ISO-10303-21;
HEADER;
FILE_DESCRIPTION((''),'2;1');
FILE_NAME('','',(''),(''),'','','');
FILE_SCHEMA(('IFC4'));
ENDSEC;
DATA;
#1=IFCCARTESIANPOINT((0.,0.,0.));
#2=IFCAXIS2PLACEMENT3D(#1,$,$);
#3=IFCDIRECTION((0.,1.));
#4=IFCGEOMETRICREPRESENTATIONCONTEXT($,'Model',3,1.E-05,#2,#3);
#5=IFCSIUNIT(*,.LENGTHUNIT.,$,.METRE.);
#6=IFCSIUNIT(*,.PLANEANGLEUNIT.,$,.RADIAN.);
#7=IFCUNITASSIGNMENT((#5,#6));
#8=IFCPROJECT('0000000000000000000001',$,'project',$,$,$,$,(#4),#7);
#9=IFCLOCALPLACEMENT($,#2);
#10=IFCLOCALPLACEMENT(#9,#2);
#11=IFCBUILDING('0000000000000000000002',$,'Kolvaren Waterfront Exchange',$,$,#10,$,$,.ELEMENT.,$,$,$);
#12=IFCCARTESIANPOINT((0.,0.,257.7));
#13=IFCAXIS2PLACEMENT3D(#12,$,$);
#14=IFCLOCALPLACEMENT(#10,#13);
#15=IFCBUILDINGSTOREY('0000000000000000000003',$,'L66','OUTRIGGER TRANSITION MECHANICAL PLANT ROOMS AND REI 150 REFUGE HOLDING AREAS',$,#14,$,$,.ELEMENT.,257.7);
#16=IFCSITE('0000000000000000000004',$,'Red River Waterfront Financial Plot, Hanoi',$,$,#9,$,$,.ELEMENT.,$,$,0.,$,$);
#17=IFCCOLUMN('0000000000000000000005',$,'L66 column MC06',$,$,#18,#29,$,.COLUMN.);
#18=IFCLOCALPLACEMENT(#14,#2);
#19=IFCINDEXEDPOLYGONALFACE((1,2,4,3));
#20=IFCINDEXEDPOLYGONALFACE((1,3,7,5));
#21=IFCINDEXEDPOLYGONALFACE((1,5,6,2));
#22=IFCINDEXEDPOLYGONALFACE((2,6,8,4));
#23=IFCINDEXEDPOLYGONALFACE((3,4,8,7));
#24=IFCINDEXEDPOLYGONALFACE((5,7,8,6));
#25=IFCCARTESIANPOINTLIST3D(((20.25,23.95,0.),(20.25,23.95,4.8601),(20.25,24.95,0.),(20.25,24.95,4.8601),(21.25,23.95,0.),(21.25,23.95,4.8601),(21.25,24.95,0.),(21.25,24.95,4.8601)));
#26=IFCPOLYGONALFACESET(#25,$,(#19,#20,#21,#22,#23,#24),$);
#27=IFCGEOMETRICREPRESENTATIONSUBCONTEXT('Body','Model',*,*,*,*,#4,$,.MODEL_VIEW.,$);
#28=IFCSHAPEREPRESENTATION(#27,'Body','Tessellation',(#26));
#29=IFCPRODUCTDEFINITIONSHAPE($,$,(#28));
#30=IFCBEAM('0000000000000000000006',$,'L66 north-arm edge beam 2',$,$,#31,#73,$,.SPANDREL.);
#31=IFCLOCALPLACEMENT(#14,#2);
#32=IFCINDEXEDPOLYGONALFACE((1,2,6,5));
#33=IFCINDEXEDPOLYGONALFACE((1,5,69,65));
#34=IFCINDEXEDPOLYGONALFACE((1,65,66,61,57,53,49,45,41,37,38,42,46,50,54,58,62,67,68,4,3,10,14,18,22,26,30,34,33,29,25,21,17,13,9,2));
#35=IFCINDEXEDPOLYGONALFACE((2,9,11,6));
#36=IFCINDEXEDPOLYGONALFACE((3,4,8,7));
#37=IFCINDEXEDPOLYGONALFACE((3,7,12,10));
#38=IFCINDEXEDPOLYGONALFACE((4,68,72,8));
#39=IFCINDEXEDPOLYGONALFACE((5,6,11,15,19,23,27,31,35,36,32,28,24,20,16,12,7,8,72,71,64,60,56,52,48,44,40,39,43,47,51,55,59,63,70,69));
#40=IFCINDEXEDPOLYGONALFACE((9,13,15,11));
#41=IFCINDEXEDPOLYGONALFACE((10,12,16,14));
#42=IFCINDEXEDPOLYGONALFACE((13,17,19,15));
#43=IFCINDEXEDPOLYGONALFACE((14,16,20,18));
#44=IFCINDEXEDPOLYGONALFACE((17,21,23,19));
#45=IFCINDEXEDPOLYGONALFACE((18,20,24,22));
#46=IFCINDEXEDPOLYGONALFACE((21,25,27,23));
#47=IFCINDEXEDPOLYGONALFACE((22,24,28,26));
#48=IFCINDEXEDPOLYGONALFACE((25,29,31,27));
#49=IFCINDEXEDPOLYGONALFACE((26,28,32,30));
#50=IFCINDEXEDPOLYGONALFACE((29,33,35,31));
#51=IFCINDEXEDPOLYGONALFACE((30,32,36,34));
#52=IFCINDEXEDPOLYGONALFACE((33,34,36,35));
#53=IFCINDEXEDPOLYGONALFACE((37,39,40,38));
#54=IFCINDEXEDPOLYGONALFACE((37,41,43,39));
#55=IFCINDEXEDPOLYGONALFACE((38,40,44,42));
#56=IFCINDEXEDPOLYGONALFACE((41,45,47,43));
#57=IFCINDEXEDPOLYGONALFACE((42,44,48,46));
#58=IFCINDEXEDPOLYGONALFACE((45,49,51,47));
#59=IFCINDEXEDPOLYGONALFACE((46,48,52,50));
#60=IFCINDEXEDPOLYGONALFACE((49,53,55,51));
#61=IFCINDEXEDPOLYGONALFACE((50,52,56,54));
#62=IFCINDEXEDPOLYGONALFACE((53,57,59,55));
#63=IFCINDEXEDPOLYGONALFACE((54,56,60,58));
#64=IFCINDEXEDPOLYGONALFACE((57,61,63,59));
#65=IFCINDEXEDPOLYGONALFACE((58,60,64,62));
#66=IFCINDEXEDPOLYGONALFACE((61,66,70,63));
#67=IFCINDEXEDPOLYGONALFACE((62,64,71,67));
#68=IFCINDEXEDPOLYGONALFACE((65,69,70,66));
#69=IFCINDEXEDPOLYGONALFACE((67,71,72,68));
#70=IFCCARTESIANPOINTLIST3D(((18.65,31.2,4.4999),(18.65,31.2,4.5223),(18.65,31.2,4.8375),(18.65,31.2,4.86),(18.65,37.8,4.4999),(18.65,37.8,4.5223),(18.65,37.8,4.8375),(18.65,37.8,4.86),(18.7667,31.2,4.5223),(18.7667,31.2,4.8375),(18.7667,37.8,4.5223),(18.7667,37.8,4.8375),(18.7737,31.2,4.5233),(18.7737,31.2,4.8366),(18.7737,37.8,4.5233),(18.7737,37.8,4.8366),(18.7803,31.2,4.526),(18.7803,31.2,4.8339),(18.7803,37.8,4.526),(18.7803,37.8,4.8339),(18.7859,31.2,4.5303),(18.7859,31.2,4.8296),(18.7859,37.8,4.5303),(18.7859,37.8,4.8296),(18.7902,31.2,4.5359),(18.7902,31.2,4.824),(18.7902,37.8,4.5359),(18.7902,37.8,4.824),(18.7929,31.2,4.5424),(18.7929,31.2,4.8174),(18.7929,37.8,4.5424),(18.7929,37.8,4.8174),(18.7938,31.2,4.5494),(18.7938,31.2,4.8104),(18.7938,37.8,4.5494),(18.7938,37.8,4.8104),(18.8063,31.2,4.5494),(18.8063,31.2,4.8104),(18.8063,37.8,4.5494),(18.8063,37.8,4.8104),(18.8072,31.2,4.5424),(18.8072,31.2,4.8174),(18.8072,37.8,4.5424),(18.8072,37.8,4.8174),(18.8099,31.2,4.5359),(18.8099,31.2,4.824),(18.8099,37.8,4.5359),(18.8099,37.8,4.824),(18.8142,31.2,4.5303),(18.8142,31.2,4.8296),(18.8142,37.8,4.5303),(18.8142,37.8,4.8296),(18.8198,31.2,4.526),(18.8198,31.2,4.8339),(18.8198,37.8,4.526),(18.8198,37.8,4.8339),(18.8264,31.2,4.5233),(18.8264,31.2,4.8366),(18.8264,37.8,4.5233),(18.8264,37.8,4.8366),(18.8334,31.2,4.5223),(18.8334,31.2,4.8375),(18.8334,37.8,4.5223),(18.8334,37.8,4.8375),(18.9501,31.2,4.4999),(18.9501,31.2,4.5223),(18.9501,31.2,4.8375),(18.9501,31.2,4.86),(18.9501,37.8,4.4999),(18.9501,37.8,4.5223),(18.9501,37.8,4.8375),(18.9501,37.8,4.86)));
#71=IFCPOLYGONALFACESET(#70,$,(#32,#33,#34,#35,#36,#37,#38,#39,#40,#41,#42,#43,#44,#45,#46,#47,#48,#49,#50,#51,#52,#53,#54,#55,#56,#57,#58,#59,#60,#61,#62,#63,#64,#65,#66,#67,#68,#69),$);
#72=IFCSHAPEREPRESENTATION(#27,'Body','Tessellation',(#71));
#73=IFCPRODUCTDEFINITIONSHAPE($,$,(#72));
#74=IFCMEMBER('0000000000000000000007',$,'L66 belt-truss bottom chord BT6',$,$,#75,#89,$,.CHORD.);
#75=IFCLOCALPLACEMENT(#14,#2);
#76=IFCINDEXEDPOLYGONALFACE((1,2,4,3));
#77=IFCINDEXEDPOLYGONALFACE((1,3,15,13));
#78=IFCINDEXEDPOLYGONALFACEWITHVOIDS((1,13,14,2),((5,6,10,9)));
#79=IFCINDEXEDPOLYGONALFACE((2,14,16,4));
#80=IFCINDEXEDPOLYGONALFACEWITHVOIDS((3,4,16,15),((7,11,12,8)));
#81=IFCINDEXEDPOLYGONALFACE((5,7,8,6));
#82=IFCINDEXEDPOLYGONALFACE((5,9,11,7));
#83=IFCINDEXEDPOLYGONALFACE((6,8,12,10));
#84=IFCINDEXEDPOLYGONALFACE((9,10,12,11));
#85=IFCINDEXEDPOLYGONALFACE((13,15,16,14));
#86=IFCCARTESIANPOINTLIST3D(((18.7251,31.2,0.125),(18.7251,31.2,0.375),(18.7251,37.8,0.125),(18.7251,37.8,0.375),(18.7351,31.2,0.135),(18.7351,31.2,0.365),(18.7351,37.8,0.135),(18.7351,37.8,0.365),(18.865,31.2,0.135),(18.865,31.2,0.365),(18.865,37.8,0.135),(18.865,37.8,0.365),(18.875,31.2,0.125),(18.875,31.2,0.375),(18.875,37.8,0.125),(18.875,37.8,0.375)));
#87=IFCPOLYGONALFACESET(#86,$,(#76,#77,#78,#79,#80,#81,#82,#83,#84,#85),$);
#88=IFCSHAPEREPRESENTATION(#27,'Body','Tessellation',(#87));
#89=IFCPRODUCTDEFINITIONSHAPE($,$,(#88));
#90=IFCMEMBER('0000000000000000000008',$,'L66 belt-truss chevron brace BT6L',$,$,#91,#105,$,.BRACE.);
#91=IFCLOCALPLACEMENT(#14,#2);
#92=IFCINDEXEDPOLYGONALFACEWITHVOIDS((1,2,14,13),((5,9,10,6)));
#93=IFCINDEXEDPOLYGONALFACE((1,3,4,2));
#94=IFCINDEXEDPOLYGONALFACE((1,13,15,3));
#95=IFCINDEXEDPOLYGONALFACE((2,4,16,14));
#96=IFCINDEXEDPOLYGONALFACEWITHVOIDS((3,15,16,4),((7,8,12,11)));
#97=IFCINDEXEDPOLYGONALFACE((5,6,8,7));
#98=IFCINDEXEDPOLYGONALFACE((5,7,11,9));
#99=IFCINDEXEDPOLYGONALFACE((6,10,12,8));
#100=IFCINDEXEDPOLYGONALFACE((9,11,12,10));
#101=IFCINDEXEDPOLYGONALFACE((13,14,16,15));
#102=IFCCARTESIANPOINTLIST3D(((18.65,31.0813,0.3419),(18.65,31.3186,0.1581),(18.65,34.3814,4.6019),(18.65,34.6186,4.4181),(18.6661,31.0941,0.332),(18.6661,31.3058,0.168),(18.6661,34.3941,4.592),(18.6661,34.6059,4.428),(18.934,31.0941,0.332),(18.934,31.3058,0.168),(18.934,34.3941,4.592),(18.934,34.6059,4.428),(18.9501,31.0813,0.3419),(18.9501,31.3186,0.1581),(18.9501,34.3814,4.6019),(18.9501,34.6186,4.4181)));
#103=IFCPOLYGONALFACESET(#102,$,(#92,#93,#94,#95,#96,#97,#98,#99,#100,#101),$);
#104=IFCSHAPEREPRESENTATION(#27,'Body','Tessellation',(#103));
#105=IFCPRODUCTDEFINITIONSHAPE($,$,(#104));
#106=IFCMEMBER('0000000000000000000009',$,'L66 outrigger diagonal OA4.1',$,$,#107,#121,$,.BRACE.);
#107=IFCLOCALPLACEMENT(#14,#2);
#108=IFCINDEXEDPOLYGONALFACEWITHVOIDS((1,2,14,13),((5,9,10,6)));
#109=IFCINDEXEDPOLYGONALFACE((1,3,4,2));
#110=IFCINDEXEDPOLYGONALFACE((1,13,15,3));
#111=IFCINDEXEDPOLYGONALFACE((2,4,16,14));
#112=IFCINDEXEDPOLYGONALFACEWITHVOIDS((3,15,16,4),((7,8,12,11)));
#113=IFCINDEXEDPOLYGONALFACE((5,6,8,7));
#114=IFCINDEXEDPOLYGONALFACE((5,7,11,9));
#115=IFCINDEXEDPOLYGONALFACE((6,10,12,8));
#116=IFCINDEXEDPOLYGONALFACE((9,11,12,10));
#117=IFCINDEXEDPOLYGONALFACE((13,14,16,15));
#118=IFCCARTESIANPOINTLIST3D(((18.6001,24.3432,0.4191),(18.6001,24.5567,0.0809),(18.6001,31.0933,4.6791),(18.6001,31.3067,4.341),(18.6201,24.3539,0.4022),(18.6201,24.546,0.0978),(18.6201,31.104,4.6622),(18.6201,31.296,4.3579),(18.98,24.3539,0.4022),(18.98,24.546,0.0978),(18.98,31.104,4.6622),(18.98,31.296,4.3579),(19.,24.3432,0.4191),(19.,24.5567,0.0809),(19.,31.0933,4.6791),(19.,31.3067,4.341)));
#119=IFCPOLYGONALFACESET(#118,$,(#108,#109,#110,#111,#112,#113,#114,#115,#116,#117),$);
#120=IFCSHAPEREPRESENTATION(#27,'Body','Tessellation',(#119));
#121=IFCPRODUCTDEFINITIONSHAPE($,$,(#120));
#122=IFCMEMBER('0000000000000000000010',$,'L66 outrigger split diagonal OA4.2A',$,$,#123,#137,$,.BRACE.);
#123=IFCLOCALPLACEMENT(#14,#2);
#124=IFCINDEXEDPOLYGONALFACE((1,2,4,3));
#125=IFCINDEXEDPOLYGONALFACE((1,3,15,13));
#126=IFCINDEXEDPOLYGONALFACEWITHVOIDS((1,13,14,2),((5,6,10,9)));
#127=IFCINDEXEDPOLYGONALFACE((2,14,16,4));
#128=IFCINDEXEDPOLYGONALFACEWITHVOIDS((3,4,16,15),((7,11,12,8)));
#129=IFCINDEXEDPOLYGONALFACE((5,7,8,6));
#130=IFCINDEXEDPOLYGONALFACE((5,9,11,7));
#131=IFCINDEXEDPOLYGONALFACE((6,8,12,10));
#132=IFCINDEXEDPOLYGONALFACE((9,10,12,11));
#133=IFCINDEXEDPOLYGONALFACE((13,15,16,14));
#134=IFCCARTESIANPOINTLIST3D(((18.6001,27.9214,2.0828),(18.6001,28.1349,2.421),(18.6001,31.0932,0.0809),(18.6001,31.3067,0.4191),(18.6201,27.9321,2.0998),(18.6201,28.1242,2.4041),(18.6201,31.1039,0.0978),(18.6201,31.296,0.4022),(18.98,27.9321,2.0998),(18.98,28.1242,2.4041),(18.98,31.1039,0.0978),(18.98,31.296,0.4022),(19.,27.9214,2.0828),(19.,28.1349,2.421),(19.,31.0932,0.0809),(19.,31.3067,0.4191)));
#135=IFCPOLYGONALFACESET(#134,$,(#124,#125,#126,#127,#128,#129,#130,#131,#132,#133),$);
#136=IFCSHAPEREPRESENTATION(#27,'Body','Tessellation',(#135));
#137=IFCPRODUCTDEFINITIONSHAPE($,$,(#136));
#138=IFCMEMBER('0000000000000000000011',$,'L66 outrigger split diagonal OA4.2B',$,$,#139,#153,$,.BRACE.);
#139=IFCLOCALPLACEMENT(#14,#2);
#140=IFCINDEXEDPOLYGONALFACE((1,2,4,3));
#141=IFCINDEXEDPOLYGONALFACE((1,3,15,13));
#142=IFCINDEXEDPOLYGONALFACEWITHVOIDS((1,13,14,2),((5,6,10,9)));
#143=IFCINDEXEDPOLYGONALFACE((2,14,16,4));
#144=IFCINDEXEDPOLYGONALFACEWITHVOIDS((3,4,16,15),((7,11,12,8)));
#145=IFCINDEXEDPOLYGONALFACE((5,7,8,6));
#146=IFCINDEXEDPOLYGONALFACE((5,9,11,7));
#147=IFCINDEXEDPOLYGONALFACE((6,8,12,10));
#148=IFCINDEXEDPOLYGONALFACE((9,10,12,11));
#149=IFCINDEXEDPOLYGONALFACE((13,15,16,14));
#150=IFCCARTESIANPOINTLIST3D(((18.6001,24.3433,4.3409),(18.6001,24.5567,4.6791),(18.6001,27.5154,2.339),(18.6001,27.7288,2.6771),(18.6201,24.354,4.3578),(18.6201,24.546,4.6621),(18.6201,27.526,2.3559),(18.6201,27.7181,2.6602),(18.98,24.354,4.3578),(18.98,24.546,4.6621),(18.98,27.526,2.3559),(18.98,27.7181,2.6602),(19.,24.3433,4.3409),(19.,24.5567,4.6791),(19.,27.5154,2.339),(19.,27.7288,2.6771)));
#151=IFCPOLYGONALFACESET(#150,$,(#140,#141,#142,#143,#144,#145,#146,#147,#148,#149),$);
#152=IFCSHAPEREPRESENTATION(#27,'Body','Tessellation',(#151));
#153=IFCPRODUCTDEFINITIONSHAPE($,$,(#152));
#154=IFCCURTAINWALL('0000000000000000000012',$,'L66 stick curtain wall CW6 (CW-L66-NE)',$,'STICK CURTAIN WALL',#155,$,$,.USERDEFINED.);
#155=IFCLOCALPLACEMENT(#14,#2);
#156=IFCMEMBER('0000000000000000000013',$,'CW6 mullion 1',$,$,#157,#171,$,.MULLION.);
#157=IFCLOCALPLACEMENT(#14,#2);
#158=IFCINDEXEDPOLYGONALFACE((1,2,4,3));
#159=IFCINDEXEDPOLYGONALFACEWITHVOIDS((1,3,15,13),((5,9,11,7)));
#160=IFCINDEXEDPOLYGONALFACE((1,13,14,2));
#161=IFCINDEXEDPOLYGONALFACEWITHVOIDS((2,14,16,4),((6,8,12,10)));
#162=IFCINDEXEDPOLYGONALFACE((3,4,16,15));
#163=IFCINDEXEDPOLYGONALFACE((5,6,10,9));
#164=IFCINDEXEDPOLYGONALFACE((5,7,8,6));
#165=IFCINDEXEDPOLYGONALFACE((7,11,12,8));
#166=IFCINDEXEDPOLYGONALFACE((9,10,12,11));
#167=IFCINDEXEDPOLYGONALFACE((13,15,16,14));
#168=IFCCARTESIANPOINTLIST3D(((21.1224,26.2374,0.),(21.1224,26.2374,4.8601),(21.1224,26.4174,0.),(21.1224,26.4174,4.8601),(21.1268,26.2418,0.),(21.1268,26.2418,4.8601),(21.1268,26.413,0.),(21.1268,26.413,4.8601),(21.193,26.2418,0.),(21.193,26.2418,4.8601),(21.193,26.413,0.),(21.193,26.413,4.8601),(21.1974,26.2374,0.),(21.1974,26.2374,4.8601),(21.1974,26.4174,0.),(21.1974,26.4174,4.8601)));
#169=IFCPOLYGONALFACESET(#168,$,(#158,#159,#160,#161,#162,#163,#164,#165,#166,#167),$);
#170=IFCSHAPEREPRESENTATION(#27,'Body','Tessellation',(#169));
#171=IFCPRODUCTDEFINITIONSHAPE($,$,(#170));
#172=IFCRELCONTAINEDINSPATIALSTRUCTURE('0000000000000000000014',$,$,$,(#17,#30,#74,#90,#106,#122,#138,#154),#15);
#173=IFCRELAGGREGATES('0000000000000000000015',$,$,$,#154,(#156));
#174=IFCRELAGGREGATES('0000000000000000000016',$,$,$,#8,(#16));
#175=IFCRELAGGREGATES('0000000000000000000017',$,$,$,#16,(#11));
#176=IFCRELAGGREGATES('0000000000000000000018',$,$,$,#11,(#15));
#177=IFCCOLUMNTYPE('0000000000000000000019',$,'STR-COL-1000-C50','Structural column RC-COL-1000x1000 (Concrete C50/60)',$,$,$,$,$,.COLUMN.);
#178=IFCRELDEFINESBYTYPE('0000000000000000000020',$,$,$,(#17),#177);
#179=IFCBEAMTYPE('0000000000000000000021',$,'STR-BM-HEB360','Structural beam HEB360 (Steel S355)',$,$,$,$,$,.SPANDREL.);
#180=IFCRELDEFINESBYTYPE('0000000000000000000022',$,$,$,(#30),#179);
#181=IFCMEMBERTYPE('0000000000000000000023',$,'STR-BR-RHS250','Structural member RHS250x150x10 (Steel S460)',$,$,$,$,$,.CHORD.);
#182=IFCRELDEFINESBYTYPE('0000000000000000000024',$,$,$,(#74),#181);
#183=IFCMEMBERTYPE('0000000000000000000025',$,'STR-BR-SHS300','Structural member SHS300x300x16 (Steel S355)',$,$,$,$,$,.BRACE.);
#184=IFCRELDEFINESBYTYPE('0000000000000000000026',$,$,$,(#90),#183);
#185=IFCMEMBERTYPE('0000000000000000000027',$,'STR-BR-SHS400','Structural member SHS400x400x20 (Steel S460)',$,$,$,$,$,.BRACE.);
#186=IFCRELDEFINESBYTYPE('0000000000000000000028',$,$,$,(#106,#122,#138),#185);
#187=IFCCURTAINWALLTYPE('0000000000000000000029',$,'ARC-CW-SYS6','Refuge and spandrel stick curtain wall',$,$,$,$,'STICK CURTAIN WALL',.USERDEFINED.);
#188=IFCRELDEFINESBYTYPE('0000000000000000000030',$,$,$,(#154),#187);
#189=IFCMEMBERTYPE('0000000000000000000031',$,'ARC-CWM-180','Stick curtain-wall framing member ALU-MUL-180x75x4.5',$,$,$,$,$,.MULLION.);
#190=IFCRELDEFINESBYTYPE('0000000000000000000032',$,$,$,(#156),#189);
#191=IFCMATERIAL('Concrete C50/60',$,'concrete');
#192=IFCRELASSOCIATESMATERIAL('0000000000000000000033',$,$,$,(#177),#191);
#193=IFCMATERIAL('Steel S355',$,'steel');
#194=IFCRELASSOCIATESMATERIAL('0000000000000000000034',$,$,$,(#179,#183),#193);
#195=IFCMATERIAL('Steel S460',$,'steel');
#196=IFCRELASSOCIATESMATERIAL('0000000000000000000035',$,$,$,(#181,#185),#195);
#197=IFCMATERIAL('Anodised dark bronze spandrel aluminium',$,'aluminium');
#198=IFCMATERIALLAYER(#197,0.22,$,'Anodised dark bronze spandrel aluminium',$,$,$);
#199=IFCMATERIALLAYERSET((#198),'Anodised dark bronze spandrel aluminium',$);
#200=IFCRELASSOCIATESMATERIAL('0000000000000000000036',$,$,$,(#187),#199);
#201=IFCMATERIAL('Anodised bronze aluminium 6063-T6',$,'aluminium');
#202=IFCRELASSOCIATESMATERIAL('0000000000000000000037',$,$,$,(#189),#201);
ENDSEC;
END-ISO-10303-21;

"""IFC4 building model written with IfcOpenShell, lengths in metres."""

from ifc_helpers import new_model, si_unit, direction, frame, origin, origin_with_axes, origin_2d, place, context, subcontext, project, spatial, rectangle, hollow_rectangle, i_section, extrude, source, transform, mapped, material, layer, layer_set, material_profile, profile_set, type_object, element, aggregate, save


model = new_model("IFC4")

# Units and contexts
model_context = context("Model", 3, precision=1e-05, world=origin(), true_north=direction((0.0, 1.0)))
body_context = subcontext(model_context, "Body", "Model", "MODEL_VIEW")
ifc_project = project(units=[si_unit("LENGTHUNIT", "METRE"), si_unit("PLANEANGLEUNIT", "RADIAN")], contexts=[model_context])

# Site, building, storey
site_placement = place(None, origin())
site = spatial("IfcSite", under=ifc_project, at=site_placement, Name="Red River Waterfront Financial Plot, Hanoi", CompositionType="ELEMENT", RefElevation=0.0)
building_placement = place(site_placement, origin())
building = spatial("IfcBuilding", under=site, at=building_placement, Name="Kolvaren Waterfront Exchange", CompositionType="ELEMENT")
storey_placement = place(building_placement, frame((0.0, 0.0, 257.7)))
storey = spatial("IfcBuildingStorey", under=building, at=storey_placement, Name="L66", Description="OUTRIGGER TRANSITION MECHANICAL PLANT ROOMS AND REI 150 REFUGE HOLDING AREAS", CompositionType="ELEMENT", Elevation=257.7)

# Column
ifc_material_1 = material(Name="Concrete C50/60", Category="concrete")
ifc_material_profile_1 = material_profile(ifc_material_1, rectangle(XDim=1.0, YDim=1.0, at=origin_2d()), Name="RC-COL-1000x1000")
ifc_profile_set_1 = profile_set([ifc_material_profile_1], Name="Concrete C50/60")
column_type = type_object("IfcColumnType", Name="STR-COL-1000-C50", Description="Structural column RC-COL-1000x1000 (Concrete C50/60)", PredefinedType="COLUMN", material=ifc_profile_set_1)
column_placement = place(storey_placement, frame((20.75, 24.45, 0.0), z_axis=(0.0, 0.0, 1.0), x_axis=(1.0, 0.0, 0.0)))
element("IfcColumn", 1, at=column_placement, inside=storey, type_object=column_type, Name="L66 column MC06", PredefinedType="COLUMN", context=body_context, shape_type="SweptSolid", body=[
    extrude(rectangle(XDim=1.0, YDim=1.0, at=origin_2d()), origin(), (0.0, 0.0, 1.0), 4.8601),
])

# Beam
ifc_material_2 = material(Name="Steel S355", Category="steel")
ifc_material_profile_2 = material_profile(ifc_material_2, i_section(OverallWidth=0.3, OverallDepth=0.3601, WebThickness=0.0125, FlangeThickness=0.0225, FilletRadius=0.0271, at=origin_2d()), Name="HEB360")
ifc_profile_set_2 = profile_set([ifc_material_profile_2], Name="Steel S355")
beam_type = type_object("IfcBeamType", Name="STR-BM-HEB360", Description="Structural beam HEB360 (Steel S355)", PredefinedType="SPANDREL", material=ifc_profile_set_2)
beam_placement = place(storey_placement, frame((18.8, 31.2, 4.6799), z_axis=(0.0, 1.0, 0.0), x_axis=(-1.0, 0.0, 0.0)))
element("IfcBeam", 2, at=beam_placement, inside=storey, type_object=beam_type, Name="L66 north-arm edge beam 2", PredefinedType="SPANDREL", context=body_context, shape_type="SweptSolid", body=[
    extrude(i_section(OverallWidth=0.3, OverallDepth=0.3601, WebThickness=0.0125, FlangeThickness=0.0225, FilletRadius=0.0271, at=origin_2d()), origin(), (0.0, 0.0, 1.0), 6.6001),
])

# Members
ifc_material_3 = material(Name="Steel S460", Category="steel")
ifc_material_profile_3 = material_profile(ifc_material_3, hollow_rectangle(XDim=0.1499, YDim=0.25, WallThickness=0.01, at=origin_2d()), Name="RHS250x150x10")
ifc_profile_set_3 = profile_set([ifc_material_profile_3], Name="Steel S460")
member_type_1 = type_object("IfcMemberType", Name="STR-BR-RHS250", Description="Structural member RHS250x150x10 (Steel S460)", PredefinedType="CHORD", material=ifc_profile_set_3)
member_1_placement = place(storey_placement, frame((18.8, 31.2, 0.25), z_axis=(0.0, 1.0, 0.0), x_axis=(-1.0, 0.0, 0.0)))
element("IfcMember", 3, at=member_1_placement, inside=storey, type_object=member_type_1, Name="L66 belt-truss bottom chord BT6", PredefinedType="CHORD", context=body_context, shape_type="SweptSolid", body=[
    extrude(hollow_rectangle(XDim=0.1499, YDim=0.25, WallThickness=0.01, at=origin_2d()), origin(), (0.0, 0.0, 1.0), 6.6001),
])
ifc_material_profile_4 = material_profile(ifc_material_2, hollow_rectangle(XDim=0.3, YDim=0.3, WallThickness=0.0161, at=origin_2d()), Name="SHS300x300x16")
ifc_profile_set_4 = profile_set([ifc_material_profile_4], Name="Steel S355")
member_type_2 = type_object("IfcMemberType", Name="STR-BR-SHS300", Description="Structural member SHS300x300x16 (Steel S355)", PredefinedType="BRACE", material=ifc_profile_set_4)
member_2_placement = place(storey_placement, frame((18.8, 31.2, 0.25), z_axis=(0.0, 0.612403, 0.790546), x_axis=(-1.0, 0.0, 0.0)))
element("IfcMember", 4, at=member_2_placement, inside=storey, type_object=member_type_2, Name="L66 belt-truss chevron brace BT6L", PredefinedType="BRACE", context=body_context, shape_type="SweptSolid", body=[
    extrude(hollow_rectangle(XDim=0.3, YDim=0.3, WallThickness=0.0161, at=origin_2d()), origin(), (0.0, 0.0, 1.0), 5.3887),
])
ifc_material_profile_5 = material_profile(ifc_material_3, hollow_rectangle(XDim=0.3999, YDim=0.3999, WallThickness=0.02, at=origin_2d()), Name="SHS400x400x20")
ifc_profile_set_5 = profile_set([ifc_material_profile_5], Name="Steel S460")
member_type_3 = type_object("IfcMemberType", Name="STR-BR-SHS400", Description="Structural member SHS400x400x20 (Steel S460)", PredefinedType="BRACE", material=ifc_profile_set_5)
member_3_placement = place(storey_placement, frame((18.8, 24.45, 0.25), z_axis=(0.0, 0.845667, 0.533711), x_axis=(-1.0, 0.0, 0.0)))
element("IfcMember", 5, at=member_3_placement, inside=storey, type_object=member_type_3, Name="L66 outrigger diagonal OA4.1", PredefinedType="BRACE", context=body_context, shape_type="SweptSolid", body=[
    extrude(hollow_rectangle(XDim=0.3999, YDim=0.3999, WallThickness=0.02, at=origin_2d()), origin(), (0.0, 0.0, 1.0), 7.9819),
])
member_4_placement = place(storey_placement, frame((18.8, 31.2, 0.25), z_axis=(0.0, -0.84565, 0.533738), x_axis=(1.0, 0.0, 0.0)))
element("IfcMember", 6, at=member_4_placement, inside=storey, type_object=member_type_3, Name="L66 outrigger split diagonal OA4.2A", PredefinedType="BRACE", context=body_context, shape_type="SweptSolid", body=[
    extrude(hollow_rectangle(XDim=0.3999, YDim=0.3999, WallThickness=0.02, at=origin_2d()), origin(), (0.0, 0.0, 1.0), 3.7507),
])
member_5_placement = place(storey_placement, frame((18.8, 27.6221, 2.5081), z_axis=(0.0, -0.845668, 0.533709), x_axis=(1.0, 0.0, 0.0)))
element("IfcMember", 7, at=member_5_placement, inside=storey, type_object=member_type_3, Name="L66 outrigger split diagonal OA4.2B", PredefinedType="BRACE", context=body_context, shape_type="SweptSolid", body=[
    extrude(hollow_rectangle(XDim=0.3999, YDim=0.3999, WallThickness=0.02, at=origin_2d()), origin(), (0.0, 0.0, 1.0), 3.751),
])

# Curtain wall, member
ifc_material_4 = material(Name="Anodised dark bronze spandrel aluminium", Category="aluminium")
ifc_layer_1 = layer(ifc_material_4, 0.22, Name="Anodised dark bronze spandrel aluminium")
ifc_layer_set_1 = layer_set([ifc_layer_1], Name="Anodised dark bronze spandrel aluminium")
curtain_wall_type = type_object("IfcCurtainWallType", Name="ARC-CW-SYS6", Description="Refuge and spandrel stick curtain wall", ElementType="STICK CURTAIN WALL", PredefinedType="USERDEFINED", material=ifc_layer_set_1)
curtain_wall_placement = place(storey_placement, origin())
curtain_wall = element("IfcCurtainWall", 8, at=curtain_wall_placement, inside=storey, type_object=curtain_wall_type, Name="L66 stick curtain wall CW6 (CW-L66-NE)", ObjectType="STICK CURTAIN WALL", PredefinedType="USERDEFINED")
ifc_material_5 = material(Name="Anodised bronze aluminium 6063-T6", Category="aluminium")
ifc_material_profile_6 = material_profile(ifc_material_5, hollow_rectangle(XDim=0.075, YDim=0.1799, WallThickness=0.0044, at=origin_2d()), Name="ALU-MUL-180x75x4.5")
ifc_profile_set_6 = profile_set([ifc_material_profile_6], Name="Anodised bronze aluminium 6063-T6")
member_type_4 = type_object("IfcMemberType", Name="ARC-CWM-180", Description="Stick curtain-wall framing member ALU-MUL-180x75x4.5", PredefinedType="MULLION", material=ifc_profile_set_6)
shared_shape_1 = source(origin_with_axes(), body_context, "Body", "SweptSolid", [
    extrude(hollow_rectangle(XDim=0.075, YDim=0.1799, WallThickness=0.0044, at=origin_2d()), origin(), (0.0, 0.0, 1.0), 4.8601),
])
member_6_placement = place(storey_placement, frame((21.1599, 26.3274, 0.0), z_axis=(0.0, 0.0, 1.0), x_axis=(-1.0, 0.0, 0.0)))
member_6 = element("IfcMember", 9, at=member_6_placement, type_object=member_type_4, Name="CW6 mullion 1", PredefinedType="MULLION", context=body_context, shape_type="MappedRepresentation", body=[
    mapped(shared_shape_1, transform((0.0, 0.0, 0.0), x_axis=(1.0, 0.0, 0.0), y_axis=(0.0, 1.0, 0.0), z_axis=(0.0, 0.0, 1.0), scale=1.0)),
])

aggregate(curtain_wall, [member_6])

save(model, "model.ifc")
